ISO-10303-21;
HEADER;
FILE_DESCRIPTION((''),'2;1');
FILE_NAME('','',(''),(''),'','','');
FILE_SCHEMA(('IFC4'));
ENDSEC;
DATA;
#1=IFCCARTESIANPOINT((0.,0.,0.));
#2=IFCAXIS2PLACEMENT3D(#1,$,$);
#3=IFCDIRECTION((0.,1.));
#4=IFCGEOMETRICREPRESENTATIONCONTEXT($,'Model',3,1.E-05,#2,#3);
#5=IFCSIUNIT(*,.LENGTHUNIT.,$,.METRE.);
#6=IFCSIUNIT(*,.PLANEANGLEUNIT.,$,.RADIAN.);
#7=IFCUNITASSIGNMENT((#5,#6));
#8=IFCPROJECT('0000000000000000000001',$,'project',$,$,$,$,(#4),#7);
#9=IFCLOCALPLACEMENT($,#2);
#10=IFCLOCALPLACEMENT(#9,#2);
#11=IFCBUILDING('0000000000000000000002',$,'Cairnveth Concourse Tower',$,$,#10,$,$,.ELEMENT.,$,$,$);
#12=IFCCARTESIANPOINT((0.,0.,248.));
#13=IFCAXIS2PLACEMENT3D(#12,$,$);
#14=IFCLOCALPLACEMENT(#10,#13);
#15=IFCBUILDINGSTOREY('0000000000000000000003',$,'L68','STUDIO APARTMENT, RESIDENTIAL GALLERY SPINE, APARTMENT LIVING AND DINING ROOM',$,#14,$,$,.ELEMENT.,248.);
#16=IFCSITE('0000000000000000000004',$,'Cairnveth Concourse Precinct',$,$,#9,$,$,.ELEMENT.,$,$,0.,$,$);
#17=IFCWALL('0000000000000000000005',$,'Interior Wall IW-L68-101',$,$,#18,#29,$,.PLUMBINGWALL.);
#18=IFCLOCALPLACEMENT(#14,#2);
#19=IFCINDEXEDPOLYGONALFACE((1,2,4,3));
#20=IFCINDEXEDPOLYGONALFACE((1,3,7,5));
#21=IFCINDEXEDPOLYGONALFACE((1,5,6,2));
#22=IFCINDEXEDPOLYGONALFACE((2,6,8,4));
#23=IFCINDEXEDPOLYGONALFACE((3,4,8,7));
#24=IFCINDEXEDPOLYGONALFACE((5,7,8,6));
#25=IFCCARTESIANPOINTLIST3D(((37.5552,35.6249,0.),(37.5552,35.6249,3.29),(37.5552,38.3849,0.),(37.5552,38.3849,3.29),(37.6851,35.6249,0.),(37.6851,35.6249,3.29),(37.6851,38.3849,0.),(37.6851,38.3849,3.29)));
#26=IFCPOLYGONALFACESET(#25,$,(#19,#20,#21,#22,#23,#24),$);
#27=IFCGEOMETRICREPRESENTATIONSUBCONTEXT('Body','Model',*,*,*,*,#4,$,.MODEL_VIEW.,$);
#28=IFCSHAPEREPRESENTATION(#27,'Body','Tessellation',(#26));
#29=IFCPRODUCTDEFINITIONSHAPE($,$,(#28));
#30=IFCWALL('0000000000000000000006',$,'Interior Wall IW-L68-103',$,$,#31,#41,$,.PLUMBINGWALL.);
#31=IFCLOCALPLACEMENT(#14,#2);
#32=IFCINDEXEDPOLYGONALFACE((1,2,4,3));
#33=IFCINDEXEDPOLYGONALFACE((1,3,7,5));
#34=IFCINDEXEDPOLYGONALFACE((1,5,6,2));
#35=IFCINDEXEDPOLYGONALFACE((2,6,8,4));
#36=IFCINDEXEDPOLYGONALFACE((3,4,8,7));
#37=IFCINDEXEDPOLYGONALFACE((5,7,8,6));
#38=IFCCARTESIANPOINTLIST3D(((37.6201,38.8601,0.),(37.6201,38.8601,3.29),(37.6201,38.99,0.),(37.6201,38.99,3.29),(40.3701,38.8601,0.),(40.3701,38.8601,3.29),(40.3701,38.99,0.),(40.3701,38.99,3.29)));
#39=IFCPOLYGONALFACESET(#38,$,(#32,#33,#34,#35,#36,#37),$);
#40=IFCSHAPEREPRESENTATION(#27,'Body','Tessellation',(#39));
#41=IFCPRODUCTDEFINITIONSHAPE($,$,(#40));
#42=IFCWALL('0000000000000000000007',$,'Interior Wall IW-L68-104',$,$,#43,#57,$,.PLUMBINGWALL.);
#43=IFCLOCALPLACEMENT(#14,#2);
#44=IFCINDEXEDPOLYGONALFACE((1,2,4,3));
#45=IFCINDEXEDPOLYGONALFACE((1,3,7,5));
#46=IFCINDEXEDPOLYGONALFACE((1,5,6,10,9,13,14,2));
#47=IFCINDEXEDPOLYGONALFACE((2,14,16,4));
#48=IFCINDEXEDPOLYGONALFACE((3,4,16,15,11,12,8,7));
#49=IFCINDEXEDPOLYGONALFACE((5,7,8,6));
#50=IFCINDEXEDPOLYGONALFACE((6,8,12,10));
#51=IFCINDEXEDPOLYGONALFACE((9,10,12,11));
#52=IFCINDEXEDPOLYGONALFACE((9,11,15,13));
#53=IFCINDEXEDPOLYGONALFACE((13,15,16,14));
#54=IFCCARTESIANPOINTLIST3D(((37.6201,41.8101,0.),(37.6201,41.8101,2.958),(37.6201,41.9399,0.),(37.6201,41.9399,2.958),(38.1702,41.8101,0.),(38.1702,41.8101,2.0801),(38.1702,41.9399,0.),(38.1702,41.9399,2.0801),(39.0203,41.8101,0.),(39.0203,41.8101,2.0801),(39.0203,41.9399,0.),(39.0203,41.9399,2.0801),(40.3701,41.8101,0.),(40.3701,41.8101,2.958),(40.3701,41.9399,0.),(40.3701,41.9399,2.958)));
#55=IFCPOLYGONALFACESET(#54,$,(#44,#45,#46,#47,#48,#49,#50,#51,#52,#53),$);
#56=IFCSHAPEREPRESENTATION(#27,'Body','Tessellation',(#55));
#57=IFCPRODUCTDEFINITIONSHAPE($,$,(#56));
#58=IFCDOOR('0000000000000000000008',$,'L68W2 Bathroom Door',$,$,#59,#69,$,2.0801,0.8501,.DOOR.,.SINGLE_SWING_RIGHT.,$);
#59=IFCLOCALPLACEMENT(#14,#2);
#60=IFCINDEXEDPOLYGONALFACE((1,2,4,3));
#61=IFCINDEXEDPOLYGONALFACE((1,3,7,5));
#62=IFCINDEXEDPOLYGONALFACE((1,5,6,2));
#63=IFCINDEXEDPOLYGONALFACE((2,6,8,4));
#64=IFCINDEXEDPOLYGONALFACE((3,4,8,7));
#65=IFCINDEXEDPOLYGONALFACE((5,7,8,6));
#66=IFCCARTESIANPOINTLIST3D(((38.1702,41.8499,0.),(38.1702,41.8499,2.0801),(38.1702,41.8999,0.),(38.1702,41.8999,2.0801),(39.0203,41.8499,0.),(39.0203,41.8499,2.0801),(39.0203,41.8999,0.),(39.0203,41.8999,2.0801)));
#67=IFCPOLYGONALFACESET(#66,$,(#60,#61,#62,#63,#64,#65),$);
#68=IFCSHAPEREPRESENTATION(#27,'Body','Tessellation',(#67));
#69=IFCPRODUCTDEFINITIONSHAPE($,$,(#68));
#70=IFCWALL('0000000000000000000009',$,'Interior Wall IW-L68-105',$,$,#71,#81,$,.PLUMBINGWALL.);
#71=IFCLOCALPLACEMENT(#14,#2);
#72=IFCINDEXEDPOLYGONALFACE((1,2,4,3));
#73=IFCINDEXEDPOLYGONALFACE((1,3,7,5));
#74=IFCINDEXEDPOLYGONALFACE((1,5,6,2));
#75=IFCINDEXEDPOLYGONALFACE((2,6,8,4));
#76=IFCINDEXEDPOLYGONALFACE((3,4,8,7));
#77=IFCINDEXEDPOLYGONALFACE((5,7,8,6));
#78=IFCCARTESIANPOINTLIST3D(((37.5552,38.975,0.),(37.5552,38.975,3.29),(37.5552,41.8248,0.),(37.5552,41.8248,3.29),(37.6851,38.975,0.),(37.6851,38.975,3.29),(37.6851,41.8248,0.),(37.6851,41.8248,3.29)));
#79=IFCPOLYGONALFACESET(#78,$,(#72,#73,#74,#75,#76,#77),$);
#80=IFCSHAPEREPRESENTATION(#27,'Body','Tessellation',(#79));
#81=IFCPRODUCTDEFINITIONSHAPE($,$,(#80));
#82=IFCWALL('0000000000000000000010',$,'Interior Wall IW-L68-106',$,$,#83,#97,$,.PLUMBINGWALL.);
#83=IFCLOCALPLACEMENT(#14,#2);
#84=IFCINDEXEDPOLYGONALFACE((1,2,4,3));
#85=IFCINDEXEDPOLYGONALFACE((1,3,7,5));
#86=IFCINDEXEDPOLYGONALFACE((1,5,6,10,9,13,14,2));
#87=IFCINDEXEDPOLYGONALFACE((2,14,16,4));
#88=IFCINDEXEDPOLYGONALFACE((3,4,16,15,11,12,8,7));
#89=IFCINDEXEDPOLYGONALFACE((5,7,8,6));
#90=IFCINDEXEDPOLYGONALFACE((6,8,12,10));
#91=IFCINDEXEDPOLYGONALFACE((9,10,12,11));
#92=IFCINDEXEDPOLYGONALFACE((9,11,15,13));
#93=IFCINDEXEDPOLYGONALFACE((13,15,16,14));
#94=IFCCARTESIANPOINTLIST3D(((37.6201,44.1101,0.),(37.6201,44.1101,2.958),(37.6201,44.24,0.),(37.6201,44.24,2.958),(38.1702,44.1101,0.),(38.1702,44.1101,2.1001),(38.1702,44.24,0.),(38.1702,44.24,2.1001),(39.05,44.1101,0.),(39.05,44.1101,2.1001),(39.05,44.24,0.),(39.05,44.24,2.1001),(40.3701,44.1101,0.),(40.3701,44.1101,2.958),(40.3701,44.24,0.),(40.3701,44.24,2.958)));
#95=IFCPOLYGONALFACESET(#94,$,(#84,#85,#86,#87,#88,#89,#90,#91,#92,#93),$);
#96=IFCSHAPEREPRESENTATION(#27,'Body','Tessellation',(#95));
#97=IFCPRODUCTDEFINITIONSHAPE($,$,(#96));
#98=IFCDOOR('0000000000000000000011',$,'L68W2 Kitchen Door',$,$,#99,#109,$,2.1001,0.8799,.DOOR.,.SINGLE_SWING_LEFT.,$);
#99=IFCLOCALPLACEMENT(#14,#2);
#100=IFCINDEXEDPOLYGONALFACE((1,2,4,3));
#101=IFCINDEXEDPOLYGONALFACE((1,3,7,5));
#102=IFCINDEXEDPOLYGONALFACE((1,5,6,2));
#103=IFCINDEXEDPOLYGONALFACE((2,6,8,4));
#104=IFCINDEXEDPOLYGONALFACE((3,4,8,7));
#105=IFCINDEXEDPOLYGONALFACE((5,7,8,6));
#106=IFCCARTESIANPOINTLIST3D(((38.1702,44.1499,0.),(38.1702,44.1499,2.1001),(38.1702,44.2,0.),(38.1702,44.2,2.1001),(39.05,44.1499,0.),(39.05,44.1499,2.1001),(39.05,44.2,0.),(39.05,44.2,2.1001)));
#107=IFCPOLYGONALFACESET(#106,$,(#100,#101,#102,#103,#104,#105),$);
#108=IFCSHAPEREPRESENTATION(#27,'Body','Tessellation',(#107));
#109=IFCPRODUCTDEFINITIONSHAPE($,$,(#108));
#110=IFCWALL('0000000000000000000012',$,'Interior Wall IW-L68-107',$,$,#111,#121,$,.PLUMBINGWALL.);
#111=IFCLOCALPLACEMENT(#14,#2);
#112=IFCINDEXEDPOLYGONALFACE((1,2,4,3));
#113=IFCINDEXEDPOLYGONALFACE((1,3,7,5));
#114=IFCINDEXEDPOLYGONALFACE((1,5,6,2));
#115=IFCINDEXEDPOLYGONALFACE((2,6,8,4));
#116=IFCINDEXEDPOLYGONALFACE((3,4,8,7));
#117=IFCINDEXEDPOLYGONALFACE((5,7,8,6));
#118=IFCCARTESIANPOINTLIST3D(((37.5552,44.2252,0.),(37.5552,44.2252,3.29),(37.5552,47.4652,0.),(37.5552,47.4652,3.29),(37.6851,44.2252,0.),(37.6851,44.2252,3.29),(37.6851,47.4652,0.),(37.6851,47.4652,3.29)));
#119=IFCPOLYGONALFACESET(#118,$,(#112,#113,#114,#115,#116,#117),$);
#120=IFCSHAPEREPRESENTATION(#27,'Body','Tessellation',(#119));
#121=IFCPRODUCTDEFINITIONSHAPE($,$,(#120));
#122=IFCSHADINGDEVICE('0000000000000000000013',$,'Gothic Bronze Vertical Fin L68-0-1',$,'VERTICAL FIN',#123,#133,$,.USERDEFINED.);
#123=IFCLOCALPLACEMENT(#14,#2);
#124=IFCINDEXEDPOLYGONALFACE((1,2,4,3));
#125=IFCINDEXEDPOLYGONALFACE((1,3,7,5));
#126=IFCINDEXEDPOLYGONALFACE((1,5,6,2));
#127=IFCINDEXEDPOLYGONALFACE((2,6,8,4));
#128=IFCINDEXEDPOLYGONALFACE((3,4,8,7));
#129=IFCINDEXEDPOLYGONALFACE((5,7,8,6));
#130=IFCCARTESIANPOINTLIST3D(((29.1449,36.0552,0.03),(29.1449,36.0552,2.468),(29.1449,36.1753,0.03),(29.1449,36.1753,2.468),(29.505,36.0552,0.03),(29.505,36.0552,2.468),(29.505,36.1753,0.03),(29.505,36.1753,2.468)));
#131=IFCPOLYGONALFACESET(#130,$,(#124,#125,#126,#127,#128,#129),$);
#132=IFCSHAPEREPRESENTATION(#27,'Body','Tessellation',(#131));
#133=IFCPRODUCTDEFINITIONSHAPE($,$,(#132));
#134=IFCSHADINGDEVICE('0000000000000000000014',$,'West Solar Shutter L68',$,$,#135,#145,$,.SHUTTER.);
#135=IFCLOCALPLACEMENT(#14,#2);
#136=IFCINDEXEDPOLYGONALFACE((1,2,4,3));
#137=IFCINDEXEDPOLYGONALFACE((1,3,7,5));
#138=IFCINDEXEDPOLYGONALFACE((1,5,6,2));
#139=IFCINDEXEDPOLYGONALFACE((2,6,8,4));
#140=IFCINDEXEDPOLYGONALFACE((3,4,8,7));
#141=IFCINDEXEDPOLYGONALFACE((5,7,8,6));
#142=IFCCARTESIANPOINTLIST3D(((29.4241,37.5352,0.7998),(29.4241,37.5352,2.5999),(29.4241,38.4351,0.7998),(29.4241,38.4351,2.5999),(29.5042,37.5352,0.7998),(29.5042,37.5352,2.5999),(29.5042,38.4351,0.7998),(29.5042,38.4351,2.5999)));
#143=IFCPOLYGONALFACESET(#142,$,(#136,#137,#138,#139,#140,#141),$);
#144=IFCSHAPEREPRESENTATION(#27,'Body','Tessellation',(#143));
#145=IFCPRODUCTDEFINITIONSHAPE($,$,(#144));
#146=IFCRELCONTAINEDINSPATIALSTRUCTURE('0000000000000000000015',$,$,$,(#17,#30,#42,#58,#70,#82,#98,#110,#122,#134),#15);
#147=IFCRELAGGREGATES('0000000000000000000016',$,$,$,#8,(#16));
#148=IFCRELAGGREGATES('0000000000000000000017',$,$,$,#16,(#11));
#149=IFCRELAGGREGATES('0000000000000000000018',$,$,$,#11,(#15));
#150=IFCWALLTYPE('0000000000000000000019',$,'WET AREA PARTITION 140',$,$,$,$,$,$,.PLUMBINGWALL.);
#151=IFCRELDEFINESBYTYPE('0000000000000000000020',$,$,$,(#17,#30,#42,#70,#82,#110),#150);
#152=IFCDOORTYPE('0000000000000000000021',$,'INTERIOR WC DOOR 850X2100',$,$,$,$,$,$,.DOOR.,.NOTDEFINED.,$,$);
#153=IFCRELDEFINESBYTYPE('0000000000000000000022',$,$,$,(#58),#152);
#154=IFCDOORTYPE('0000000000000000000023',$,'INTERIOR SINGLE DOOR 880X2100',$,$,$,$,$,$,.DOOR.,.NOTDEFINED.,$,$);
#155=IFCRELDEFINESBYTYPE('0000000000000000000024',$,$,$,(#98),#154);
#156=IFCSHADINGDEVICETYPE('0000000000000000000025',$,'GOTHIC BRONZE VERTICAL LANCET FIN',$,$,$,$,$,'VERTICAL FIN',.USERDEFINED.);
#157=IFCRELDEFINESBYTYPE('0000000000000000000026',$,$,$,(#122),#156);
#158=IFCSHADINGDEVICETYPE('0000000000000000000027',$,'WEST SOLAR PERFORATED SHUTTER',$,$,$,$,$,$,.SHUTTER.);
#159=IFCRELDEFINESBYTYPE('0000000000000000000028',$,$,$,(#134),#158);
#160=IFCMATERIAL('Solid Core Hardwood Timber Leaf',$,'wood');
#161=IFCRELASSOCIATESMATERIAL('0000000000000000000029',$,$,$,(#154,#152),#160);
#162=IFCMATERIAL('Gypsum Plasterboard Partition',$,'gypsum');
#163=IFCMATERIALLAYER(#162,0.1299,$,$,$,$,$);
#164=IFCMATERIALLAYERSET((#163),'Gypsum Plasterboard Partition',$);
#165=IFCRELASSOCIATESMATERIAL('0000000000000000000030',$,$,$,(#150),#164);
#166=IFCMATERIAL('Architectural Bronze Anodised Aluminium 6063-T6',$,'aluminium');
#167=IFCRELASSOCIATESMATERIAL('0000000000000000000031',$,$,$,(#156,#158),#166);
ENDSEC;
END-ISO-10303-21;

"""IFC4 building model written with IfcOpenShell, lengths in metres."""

from ifc_helpers import new_model, si_unit, direction, frame, frame_2d, origin, origin_2d, place, context, subcontext, project, spatial, rectangle, extrude, material, layer, layer_set, type_object, element, fill, save


model = new_model("IFC4")

# Units and contexts
model_context = context("Model", 3, precision=1e-05, world=origin(), true_north=direction((0.0, 1.0)))
body_context = subcontext(model_context, "Body", "Model", "MODEL_VIEW")
ifc_project = project(units=[si_unit("LENGTHUNIT", "METRE"), si_unit("PLANEANGLEUNIT", "RADIAN")], contexts=[model_context])

# Site, building, storey
site_placement = place(None, origin())
site = spatial("IfcSite", under=ifc_project, at=site_placement, Name="Cairnveth Concourse Precinct", CompositionType="ELEMENT", RefElevation=0.0)
building_placement = place(site_placement, origin())
building = spatial("IfcBuilding", under=site, at=building_placement, Name="Cairnveth Concourse Tower", CompositionType="ELEMENT")
storey_placement = place(building_placement, frame((0.0, 0.0, 248.0)))
storey = spatial("IfcBuildingStorey", under=building, at=storey_placement, Name="L68", Description="STUDIO APARTMENT, RESIDENTIAL GALLERY SPINE, APARTMENT LIVING AND DINING ROOM", CompositionType="ELEMENT", Elevation=248.0)

# Shared definitions
ifc_material_1 = material(Name="Gypsum Plasterboard Partition", Category="gypsum")

# Shared definitions
ifc_material_2 = material(Name="Solid Core Hardwood Timber Leaf", Category="wood")
door_type_1 = type_object("IfcDoorType", Name="INTERIOR SINGLE DOOR 880X2100", OperationType="NOTDEFINED", PredefinedType="DOOR", material=ifc_material_2)

# Walls
ifc_layer_1 = layer(ifc_material_1, 0.1299)
ifc_layer_set_1 = layer_set([ifc_layer_1], Name="Gypsum Plasterboard Partition")
wall_type_1 = type_object("IfcWallType", Name="WET AREA PARTITION 140", PredefinedType="PLUMBINGWALL", material=ifc_layer_set_1)
wall_1_placement = place(storey_placement, frame((37.6201, 35.625, 0.0), z_axis=(0.0, 0.0, 1.0), x_axis=(0.0, 1.0, 0.0)))
element("IfcWall", 1, at=wall_1_placement, inside=storey, type_object=wall_type_1, Name="Interior Wall IW-L68-101", PredefinedType="PLUMBINGWALL", context=body_context, shape_type="SweptSolid", body=[
    extrude(rectangle(XDim=2.76, YDim=0.1299, at=frame_2d((1.3799, 0.0))), origin(), (0.0, 0.0, 1.0), 3.29),
])
wall_2_placement = place(storey_placement, frame((37.6201, 38.925, 0.0), z_axis=(0.0, 0.0, 1.0), x_axis=(1.0, 0.0, 0.0)))
element("IfcWall", 2, at=wall_2_placement, inside=storey, type_object=wall_type_1, Name="Interior Wall IW-L68-103", PredefinedType="PLUMBINGWALL", context=body_context, shape_type="SweptSolid", body=[
    extrude(rectangle(XDim=2.75, YDim=0.1299, at=frame_2d((1.375, 0.0))), origin(), (0.0, 0.0, 1.0), 3.29),
])

# Wall, opening, door
wall_3_placement = place(storey_placement, frame((37.6201, 41.875, 0.0), z_axis=(0.0, 0.0, 1.0), x_axis=(1.0, 0.0, 0.0)))
wall_3 = element("IfcWall", 3, at=wall_3_placement, inside=storey, type_object=wall_type_1, Name="Interior Wall IW-L68-104", PredefinedType="PLUMBINGWALL", context=body_context, shape_type="SweptSolid", body=[
    extrude(rectangle(XDim=2.75, YDim=0.1299, at=frame_2d((1.375, 0.0))), origin(), (0.0, 0.0, 1.0), 2.958),
])
opening_1_placement = place(wall_3_placement, frame((0.55, 0.0, 0.0)))
opening_1 = element("IfcOpeningElement", 4, at=opening_1_placement, cuts=wall_3, PredefinedType="OPENING", context=body_context, shape_type="SweptSolid", body=[
    extrude(rectangle(XDim=0.8501, YDim=2.0801, at=frame_2d((0.425, 1.04))), frame((0.0, 0.075, 0.0), z_axis=(0.0, -1.0, 0.0), x_axis=(1.0, 0.0, 0.0)), (0.0, 0.0, 1.0), 0.1499),
])
door_type_2 = type_object("IfcDoorType", Name="INTERIOR WC DOOR 850X2100", OperationType="NOTDEFINED", PredefinedType="DOOR", material=ifc_material_2)
door_1_placement = place(opening_1_placement, origin())
door_1 = element("IfcDoor", 5, at=door_1_placement, inside=storey, type_object=door_type_2, Name="L68W2 Bathroom Door", OperationType="SINGLE_SWING_RIGHT", OverallHeight=2.0801, OverallWidth=0.8501, PredefinedType="DOOR", context=body_context, shape_type="SweptSolid", body=[
    extrude(rectangle(XDim=0.8501, YDim=2.0801, at=frame_2d((0.425, 1.04))), frame((0.0, 0.0249, 0.0), z_axis=(0.0, -1.0, 0.0), x_axis=(1.0, 0.0, 0.0)), (0.0, 0.0, 1.0), 0.05),
])
fill(opening_1, door_1)

# Wall
wall_4_placement = place(storey_placement, frame((37.6201, 38.9751, 0.0), z_axis=(0.0, 0.0, 1.0), x_axis=(0.0, 1.0, 0.0)))
element("IfcWall", 6, at=wall_4_placement, inside=storey, type_object=wall_type_1, Name="Interior Wall IW-L68-105", PredefinedType="PLUMBINGWALL", context=body_context, shape_type="SweptSolid", body=[
    extrude(rectangle(XDim=2.8499, YDim=0.1299, at=frame_2d((1.4248, 0.0))), origin(), (0.0, 0.0, 1.0), 3.29),
])

# Wall, opening, door
wall_5_placement = place(storey_placement, frame((37.6201, 44.175, 0.0), z_axis=(0.0, 0.0, 1.0), x_axis=(1.0, 0.0, 0.0)))
wall_5 = element("IfcWall", 7, at=wall_5_placement, inside=storey, type_object=wall_type_1, Name="Interior Wall IW-L68-106", PredefinedType="PLUMBINGWALL", context=body_context, shape_type="SweptSolid", body=[
    extrude(rectangle(XDim=2.75, YDim=0.1299, at=frame_2d((1.375, 0.0))), origin(), (0.0, 0.0, 1.0), 2.958),
])
opening_2_placement = place(wall_5_placement, frame((0.55, 0.0, 0.0)))
opening_2 = element("IfcOpeningElement", 8, at=opening_2_placement, cuts=wall_5, PredefinedType="OPENING", context=body_context, shape_type="SweptSolid", body=[
    extrude(rectangle(XDim=0.8799, YDim=2.1001, at=frame_2d((0.4399, 1.05))), frame((0.0, 0.075, 0.0), z_axis=(0.0, -1.0, 0.0), x_axis=(1.0, 0.0, 0.0)), (0.0, 0.0, 1.0), 0.1499),
])
door_2_placement = place(opening_2_placement, origin())
door_2 = element("IfcDoor", 9, at=door_2_placement, inside=storey, type_object=door_type_1, Name="L68W2 Kitchen Door", OperationType="SINGLE_SWING_LEFT", OverallHeight=2.1001, OverallWidth=0.8799, PredefinedType="DOOR", context=body_context, shape_type="SweptSolid", body=[
    extrude(rectangle(XDim=0.8799, YDim=2.1001, at=frame_2d((0.4399, 1.05))), frame((0.0, 0.0249, 0.0), z_axis=(0.0, -1.0, 0.0), x_axis=(1.0, 0.0, 0.0)), (0.0, 0.0, 1.0), 0.05),
])
fill(opening_2, door_2)

# Wall
wall_6_placement = place(storey_placement, frame((37.6201, 44.2251, 0.0), z_axis=(0.0, 0.0, 1.0), x_axis=(0.0, 1.0, 0.0)))
element("IfcWall", 10, at=wall_6_placement, inside=storey, type_object=wall_type_1, Name="Interior Wall IW-L68-107", PredefinedType="PLUMBINGWALL", context=body_context, shape_type="SweptSolid", body=[
    extrude(rectangle(XDim=3.24, YDim=0.1299, at=frame_2d((1.6201, 0.0))), origin(), (0.0, 0.0, 1.0), 3.29),
])

# Shading devices
ifc_material_3 = material(Name="Architectural Bronze Anodised Aluminium 6063-T6", Category="aluminium")
shading_device_type_1 = type_object("IfcShadingDeviceType", Name="GOTHIC BRONZE VERTICAL LANCET FIN", ElementType="VERTICAL FIN", PredefinedType="USERDEFINED", material=ifc_material_3)
shading_device_1_placement = place(storey_placement, frame((29.325, 36.1152, 0.03), z_axis=(0.0, 0.0, 1.0), x_axis=(0.0, 1.0, 0.0)))
element("IfcShadingDevice", 11, at=shading_device_1_placement, inside=storey, type_object=shading_device_type_1, Name="Gothic Bronze Vertical Fin L68-0-1", ObjectType="VERTICAL FIN", PredefinedType="USERDEFINED", context=body_context, shape_type="SweptSolid", body=[
    extrude(rectangle(XDim=0.1201, YDim=0.3601, at=origin_2d()), origin(), (0.0, 0.0, 1.0), 2.438),
])
shading_device_type_2 = type_object("IfcShadingDeviceType", Name="WEST SOLAR PERFORATED SHUTTER", PredefinedType="SHUTTER", material=ifc_material_3)
shading_device_2_placement = place(storey_placement, frame((29.4641, 37.9851, 0.7998), z_axis=(0.0, 0.0, 1.0), x_axis=(1.0, 0.0, 0.0)))
element("IfcShadingDevice", 12, at=shading_device_2_placement, inside=storey, type_object=shading_device_type_2, Name="West Solar Shutter L68", PredefinedType="SHUTTER", context=body_context, shape_type="SweptSolid", body=[
    extrude(rectangle(XDim=0.0801, YDim=0.8999, at=origin_2d()), origin(), (0.0, 0.0, 1.0), 1.8),
])

save(model, "model.ifc")
